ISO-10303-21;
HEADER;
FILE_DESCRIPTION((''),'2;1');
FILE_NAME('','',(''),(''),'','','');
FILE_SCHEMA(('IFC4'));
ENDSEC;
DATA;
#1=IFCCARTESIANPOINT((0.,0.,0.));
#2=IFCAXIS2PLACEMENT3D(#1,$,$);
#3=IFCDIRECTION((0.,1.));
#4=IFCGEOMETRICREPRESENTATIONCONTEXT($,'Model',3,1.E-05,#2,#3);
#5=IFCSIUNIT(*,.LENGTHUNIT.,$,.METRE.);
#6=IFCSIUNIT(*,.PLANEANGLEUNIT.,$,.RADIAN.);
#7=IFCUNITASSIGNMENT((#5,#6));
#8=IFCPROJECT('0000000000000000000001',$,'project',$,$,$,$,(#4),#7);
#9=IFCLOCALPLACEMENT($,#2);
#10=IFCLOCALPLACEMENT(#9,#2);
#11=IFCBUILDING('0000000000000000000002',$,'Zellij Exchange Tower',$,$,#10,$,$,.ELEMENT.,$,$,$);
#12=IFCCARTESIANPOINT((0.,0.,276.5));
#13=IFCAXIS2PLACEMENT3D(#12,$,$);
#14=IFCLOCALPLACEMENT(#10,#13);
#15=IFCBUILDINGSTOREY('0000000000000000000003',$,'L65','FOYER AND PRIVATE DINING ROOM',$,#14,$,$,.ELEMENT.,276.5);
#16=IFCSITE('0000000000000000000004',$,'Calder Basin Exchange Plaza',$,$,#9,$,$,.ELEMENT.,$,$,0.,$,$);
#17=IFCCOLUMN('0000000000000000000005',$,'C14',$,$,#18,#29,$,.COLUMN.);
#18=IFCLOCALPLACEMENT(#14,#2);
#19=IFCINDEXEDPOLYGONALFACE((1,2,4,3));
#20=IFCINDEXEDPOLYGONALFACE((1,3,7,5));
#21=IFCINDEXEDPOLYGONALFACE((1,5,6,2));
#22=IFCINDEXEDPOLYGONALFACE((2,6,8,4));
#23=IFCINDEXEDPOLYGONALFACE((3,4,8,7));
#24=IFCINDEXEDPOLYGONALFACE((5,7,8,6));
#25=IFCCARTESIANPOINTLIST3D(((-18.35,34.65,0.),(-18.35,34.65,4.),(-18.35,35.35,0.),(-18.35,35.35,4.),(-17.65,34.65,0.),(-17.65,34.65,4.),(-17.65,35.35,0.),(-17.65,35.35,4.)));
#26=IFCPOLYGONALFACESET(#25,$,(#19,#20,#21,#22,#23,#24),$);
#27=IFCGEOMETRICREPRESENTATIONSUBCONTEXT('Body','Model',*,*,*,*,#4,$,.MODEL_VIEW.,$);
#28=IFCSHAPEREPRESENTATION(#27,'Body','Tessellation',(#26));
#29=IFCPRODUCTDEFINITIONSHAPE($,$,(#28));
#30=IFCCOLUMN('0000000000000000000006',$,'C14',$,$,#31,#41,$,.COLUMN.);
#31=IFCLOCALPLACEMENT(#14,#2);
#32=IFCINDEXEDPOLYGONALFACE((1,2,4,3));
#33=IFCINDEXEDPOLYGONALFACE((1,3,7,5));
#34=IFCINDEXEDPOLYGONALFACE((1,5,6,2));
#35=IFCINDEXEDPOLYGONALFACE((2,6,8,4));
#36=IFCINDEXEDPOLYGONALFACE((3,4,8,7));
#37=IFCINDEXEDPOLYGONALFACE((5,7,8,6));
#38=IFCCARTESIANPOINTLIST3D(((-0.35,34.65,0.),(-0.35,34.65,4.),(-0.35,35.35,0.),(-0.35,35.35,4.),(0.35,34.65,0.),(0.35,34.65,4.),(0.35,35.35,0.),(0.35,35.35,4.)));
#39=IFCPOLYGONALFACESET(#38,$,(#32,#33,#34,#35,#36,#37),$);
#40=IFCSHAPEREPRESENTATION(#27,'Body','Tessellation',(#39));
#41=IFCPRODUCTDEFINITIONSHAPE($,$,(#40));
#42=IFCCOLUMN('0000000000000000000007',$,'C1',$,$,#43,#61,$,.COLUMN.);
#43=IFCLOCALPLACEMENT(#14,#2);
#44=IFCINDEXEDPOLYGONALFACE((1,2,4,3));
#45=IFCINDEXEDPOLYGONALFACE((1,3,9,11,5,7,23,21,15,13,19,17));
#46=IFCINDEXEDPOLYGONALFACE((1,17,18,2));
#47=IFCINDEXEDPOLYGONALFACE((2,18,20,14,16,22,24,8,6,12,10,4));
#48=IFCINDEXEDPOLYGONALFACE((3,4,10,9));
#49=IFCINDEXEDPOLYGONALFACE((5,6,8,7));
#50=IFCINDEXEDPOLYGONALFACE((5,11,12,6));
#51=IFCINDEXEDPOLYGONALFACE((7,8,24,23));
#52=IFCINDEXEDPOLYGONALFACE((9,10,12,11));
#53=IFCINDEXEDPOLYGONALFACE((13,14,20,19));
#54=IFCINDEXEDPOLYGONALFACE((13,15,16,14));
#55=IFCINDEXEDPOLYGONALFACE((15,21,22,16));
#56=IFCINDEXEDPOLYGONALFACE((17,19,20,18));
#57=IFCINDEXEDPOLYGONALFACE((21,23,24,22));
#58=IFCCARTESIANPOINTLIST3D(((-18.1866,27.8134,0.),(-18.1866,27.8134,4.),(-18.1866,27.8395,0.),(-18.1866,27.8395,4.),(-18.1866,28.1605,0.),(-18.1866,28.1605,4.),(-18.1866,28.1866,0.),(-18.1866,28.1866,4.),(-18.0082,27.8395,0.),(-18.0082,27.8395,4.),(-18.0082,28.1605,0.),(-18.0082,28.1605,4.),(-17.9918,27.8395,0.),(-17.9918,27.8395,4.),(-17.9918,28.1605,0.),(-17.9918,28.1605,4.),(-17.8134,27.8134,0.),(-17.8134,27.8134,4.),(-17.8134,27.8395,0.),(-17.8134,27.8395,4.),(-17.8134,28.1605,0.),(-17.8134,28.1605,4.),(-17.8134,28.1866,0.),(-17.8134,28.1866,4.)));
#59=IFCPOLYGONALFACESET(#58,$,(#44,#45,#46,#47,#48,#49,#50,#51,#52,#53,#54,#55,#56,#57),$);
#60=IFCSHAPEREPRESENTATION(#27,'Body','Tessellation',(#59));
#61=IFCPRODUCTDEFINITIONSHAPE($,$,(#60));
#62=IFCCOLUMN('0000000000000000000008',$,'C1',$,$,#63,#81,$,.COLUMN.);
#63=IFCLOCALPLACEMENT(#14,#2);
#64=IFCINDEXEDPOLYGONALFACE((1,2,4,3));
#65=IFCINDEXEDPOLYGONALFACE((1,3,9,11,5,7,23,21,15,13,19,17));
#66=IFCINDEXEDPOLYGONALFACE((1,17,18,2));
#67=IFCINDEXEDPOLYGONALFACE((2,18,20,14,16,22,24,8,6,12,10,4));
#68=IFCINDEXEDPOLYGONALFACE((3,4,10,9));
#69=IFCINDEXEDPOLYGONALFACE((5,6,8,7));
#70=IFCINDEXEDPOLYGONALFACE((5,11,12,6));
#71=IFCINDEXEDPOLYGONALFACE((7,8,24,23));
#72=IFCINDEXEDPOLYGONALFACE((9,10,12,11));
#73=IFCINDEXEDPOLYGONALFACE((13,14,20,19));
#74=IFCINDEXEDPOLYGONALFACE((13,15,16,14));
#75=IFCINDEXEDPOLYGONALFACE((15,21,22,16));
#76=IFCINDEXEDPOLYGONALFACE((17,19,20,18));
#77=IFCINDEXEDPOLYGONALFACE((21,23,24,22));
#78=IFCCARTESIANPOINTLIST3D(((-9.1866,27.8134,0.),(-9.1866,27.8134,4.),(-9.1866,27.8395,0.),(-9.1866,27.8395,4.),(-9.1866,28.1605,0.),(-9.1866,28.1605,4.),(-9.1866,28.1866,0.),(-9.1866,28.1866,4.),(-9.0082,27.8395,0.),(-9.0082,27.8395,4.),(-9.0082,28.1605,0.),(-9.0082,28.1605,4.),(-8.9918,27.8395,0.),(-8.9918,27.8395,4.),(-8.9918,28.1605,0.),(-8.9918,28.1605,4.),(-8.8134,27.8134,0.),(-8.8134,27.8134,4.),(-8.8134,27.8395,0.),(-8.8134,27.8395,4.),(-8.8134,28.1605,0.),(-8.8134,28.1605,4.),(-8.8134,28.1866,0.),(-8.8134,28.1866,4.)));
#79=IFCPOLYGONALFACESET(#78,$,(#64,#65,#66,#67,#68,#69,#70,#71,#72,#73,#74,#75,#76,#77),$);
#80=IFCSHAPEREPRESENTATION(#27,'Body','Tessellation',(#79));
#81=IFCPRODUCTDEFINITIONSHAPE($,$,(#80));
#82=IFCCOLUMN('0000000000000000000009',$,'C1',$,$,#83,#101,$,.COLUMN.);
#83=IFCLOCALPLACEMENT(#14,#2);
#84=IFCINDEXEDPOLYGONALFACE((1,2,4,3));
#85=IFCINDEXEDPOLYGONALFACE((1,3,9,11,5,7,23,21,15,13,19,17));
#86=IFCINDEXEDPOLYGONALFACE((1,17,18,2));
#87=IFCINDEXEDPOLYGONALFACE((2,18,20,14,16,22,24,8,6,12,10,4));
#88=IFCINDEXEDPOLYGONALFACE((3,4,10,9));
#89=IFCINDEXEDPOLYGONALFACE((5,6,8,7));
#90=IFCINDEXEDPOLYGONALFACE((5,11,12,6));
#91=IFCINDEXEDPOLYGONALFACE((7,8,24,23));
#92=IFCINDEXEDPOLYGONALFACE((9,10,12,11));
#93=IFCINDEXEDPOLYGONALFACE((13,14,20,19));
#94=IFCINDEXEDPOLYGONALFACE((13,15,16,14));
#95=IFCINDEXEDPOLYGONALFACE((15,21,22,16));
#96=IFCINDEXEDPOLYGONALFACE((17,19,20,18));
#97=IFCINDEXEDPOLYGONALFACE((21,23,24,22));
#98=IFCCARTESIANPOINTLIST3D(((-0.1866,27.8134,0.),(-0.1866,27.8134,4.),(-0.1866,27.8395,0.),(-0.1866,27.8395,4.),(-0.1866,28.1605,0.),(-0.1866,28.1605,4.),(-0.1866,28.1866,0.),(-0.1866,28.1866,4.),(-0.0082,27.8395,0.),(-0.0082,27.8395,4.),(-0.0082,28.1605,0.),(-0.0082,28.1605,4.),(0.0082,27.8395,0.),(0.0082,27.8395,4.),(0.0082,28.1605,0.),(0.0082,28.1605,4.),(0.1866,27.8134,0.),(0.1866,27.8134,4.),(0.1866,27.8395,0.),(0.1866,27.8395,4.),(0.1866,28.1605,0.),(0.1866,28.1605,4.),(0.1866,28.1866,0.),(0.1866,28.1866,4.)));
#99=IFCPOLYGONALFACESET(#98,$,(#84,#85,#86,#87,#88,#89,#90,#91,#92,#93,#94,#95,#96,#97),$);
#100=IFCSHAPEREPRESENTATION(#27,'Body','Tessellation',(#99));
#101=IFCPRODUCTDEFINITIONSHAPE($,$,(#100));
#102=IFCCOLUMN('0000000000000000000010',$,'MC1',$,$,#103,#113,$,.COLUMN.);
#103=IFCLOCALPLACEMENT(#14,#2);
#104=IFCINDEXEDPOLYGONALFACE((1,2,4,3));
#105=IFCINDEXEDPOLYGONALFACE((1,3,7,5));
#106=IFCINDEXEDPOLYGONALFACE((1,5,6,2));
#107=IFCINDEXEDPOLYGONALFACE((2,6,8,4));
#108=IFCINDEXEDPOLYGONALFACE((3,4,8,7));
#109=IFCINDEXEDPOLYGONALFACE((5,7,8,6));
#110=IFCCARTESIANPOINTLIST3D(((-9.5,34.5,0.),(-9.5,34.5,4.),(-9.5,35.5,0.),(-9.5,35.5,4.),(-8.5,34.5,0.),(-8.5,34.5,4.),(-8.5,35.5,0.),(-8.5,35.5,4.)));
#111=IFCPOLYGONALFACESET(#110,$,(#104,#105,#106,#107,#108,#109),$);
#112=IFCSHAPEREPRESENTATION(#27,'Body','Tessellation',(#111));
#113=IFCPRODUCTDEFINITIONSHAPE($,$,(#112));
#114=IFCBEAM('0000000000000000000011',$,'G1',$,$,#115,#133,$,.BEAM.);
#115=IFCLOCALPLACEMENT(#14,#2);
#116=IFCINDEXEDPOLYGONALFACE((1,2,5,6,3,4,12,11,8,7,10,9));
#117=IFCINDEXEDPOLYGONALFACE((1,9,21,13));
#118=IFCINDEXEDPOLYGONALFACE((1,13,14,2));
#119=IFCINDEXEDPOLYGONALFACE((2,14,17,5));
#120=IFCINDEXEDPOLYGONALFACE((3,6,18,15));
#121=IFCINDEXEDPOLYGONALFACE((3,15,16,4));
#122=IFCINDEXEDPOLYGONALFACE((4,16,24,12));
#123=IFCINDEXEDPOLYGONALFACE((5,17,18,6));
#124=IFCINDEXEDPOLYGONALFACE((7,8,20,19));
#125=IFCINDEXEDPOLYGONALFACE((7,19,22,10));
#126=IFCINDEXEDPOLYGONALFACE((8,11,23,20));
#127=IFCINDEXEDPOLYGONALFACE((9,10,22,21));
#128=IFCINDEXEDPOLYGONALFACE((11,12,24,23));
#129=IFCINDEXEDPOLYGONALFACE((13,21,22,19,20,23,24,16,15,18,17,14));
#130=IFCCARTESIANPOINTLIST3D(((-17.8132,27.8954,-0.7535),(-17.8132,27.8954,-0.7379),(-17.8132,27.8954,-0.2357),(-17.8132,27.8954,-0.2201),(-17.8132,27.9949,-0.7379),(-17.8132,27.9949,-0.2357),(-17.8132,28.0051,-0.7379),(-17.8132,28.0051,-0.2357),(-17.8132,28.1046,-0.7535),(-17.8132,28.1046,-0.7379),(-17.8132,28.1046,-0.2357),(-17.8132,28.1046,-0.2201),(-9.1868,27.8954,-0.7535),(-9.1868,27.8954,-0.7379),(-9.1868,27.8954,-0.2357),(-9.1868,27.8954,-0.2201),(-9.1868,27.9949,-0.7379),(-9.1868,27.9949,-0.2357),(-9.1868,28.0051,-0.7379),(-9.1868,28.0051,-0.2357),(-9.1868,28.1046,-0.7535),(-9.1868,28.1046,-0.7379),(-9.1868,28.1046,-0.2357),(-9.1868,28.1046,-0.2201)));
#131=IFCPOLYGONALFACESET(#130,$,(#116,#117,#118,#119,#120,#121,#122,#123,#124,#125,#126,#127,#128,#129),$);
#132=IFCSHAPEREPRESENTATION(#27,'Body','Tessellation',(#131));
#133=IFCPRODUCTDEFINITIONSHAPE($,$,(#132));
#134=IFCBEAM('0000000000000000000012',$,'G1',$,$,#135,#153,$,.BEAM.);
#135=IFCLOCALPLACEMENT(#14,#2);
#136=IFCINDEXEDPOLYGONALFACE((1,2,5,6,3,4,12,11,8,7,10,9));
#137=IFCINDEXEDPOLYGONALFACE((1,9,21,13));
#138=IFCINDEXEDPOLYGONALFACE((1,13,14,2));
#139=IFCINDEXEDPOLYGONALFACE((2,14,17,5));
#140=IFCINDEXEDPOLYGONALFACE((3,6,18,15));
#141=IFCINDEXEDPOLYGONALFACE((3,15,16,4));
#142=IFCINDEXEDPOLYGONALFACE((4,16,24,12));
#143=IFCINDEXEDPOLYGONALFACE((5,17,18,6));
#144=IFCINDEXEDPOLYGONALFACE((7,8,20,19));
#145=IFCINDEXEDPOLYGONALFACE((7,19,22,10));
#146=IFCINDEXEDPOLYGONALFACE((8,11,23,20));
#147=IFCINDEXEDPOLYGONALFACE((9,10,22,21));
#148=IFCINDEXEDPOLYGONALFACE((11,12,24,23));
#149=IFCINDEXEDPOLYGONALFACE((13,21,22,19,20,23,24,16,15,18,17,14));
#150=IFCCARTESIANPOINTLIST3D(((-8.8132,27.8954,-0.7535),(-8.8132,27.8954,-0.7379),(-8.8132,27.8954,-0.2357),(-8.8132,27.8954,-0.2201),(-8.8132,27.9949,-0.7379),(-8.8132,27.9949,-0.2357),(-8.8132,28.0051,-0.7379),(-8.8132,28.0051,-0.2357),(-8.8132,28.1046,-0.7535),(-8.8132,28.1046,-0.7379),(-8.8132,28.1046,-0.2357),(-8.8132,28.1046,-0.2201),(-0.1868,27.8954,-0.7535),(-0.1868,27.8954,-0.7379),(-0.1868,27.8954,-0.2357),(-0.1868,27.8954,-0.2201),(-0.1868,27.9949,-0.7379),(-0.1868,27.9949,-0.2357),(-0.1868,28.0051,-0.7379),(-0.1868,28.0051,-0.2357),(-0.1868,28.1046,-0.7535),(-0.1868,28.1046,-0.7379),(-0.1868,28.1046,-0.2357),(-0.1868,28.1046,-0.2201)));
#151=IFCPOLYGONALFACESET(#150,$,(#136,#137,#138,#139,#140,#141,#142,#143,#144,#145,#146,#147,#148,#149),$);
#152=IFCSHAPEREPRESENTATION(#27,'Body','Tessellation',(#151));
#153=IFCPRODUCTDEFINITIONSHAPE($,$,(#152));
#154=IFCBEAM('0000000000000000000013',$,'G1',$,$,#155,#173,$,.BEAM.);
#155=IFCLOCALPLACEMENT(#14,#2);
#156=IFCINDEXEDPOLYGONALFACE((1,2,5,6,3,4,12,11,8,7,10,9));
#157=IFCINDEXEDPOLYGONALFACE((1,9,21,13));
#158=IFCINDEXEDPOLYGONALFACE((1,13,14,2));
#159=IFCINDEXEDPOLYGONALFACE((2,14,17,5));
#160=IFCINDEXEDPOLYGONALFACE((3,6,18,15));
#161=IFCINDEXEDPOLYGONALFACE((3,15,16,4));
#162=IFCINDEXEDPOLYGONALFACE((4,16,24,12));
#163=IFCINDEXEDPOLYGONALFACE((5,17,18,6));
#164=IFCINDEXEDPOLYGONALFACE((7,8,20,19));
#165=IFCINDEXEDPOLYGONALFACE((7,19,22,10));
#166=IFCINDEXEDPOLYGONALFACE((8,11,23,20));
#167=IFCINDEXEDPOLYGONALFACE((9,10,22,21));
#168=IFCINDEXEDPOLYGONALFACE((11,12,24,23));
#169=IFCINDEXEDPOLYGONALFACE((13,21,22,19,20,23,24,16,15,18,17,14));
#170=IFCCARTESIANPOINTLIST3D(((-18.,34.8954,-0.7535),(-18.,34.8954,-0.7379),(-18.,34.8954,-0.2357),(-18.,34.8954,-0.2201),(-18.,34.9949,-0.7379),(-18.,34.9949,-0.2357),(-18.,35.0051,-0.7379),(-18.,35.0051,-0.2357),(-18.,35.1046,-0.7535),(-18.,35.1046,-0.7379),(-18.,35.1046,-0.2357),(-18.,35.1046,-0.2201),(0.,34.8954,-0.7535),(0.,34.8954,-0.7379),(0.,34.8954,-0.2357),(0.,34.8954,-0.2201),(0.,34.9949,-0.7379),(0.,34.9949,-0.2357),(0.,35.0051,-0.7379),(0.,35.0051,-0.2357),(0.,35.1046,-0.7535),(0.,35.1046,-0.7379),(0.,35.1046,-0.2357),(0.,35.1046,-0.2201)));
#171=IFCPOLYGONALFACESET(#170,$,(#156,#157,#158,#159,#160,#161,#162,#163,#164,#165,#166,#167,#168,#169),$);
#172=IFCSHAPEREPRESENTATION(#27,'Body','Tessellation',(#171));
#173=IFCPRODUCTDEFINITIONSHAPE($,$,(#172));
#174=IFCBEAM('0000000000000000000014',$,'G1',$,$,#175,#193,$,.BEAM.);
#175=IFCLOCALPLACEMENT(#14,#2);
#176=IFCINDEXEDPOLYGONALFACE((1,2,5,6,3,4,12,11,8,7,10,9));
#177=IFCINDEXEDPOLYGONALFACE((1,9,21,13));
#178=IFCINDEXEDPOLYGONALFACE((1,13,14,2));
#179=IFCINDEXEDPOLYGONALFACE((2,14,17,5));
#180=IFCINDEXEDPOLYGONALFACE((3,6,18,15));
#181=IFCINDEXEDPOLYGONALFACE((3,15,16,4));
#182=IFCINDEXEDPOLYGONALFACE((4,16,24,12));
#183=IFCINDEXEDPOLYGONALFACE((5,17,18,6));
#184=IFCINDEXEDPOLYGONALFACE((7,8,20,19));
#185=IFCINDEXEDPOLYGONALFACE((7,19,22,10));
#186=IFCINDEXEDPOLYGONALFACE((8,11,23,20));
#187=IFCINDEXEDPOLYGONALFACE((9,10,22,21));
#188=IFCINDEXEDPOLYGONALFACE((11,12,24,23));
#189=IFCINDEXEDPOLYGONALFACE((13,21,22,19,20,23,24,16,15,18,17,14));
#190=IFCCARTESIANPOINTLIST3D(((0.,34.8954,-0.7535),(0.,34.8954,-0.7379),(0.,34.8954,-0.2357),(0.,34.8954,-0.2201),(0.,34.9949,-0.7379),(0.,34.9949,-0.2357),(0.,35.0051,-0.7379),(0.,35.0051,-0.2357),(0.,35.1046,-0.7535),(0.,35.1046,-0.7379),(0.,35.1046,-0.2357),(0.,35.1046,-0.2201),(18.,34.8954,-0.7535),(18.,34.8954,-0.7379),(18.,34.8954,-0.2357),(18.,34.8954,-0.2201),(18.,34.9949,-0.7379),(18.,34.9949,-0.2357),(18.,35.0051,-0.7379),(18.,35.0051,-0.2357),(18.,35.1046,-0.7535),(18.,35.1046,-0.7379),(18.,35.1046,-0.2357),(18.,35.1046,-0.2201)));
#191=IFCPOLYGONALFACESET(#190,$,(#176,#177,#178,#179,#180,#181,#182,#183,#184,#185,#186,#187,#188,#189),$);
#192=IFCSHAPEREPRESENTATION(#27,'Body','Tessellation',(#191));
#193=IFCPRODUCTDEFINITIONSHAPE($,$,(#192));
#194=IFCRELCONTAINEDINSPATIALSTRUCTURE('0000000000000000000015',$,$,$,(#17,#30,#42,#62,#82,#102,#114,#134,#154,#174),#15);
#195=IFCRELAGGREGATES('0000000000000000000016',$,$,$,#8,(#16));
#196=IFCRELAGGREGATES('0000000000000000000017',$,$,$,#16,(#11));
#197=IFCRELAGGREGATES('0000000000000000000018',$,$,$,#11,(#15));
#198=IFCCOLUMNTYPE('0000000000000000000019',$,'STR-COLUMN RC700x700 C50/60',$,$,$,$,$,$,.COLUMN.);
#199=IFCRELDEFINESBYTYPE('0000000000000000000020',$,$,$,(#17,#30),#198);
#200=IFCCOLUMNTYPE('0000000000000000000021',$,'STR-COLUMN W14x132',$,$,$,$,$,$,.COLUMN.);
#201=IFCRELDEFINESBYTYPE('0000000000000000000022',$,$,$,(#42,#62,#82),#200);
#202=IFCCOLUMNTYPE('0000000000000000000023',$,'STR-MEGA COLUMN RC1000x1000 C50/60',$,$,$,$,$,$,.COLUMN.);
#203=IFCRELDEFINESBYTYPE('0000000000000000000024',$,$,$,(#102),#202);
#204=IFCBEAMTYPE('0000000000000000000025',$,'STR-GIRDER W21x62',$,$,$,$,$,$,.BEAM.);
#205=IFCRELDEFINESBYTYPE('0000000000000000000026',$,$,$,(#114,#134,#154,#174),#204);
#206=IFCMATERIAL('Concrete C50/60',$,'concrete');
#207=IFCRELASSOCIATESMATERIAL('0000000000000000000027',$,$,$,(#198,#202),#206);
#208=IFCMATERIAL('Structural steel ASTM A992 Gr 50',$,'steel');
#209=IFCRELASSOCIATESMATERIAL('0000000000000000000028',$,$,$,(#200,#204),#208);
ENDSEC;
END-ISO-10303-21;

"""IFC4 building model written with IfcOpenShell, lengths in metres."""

from ifc_helpers import new_model, si_unit, direction, frame, origin, origin_2d, place, context, subcontext, project, spatial, rectangle, i_section, extrude, material, material_profile, profile_set, type_object, element, save


model = new_model("IFC4")

# Units and contexts
model_context = context("Model", 3, precision=1e-05, world=origin(), true_north=direction((0.0, 1.0)))
body_context = subcontext(model_context, "Body", "Model", "MODEL_VIEW")
ifc_project = project(units=[si_unit("LENGTHUNIT", "METRE"), si_unit("PLANEANGLEUNIT", "RADIAN")], contexts=[model_context])

# Site, building, storey
site_placement = place(None, origin())
site = spatial("IfcSite", under=ifc_project, at=site_placement, Name="Calder Basin Exchange Plaza", CompositionType="ELEMENT", RefElevation=0.0)
building_placement = place(site_placement, origin())
building = spatial("IfcBuilding", under=site, at=building_placement, Name="Zellij Exchange Tower", CompositionType="ELEMENT")
storey_placement = place(building_placement, frame((0.0, 0.0, 276.5)))
storey = spatial("IfcBuildingStorey", under=building, at=storey_placement, Name="L65", Description="FOYER AND PRIVATE DINING ROOM", CompositionType="ELEMENT", Elevation=276.5)

# Columns
ifc_material_1 = material(Name="Concrete C50/60", Category="concrete")
ifc_material_profile_1 = material_profile(ifc_material_1, rectangle(XDim=0.7, YDim=0.7, at=origin_2d()), Name="STR-COLUMN RC700x700 C50/60")
ifc_profile_set_1 = profile_set([ifc_material_profile_1], Name="Concrete C50/60")
column_type_1 = type_object("IfcColumnType", Name="STR-COLUMN RC700x700 C50/60", PredefinedType="COLUMN", material=ifc_profile_set_1)
for number, where, z_axis, x_axis, name in (
    (1, (-18.0, 35.0, 0.0), (0.0, 0.0, 1.0), (1.0, 0.0, 0.0), "C14"),
    (2, (0.0, 35.0, 0.0), (0.0, 0.0, 1.0), (1.0, 0.0, 0.0), "C14"),
):
    element("IfcColumn", number, at=place(storey_placement, frame(where, z_axis=z_axis, x_axis=x_axis)), inside=storey, type_object=column_type_1, Name=name, PredefinedType="COLUMN", context=body_context, shape_type="SweptSolid", body=[
        extrude(rectangle(XDim=0.7, YDim=0.7, at=origin_2d()), origin(), (0.0, 0.0, 1.0), 4.0),
    ])
ifc_material_2 = material(Name="Structural steel ASTM A992 Gr 50", Category="steel")
ifc_material_profile_2 = material_profile(ifc_material_2, i_section(OverallWidth=0.3733, OverallDepth=0.3733, WebThickness=0.0164, FlangeThickness=0.0261, at=origin_2d()), Name="W14x132")
ifc_profile_set_2 = profile_set([ifc_material_profile_2], Name="Structural steel ASTM A992 Gr 50")
column_type_2 = type_object("IfcColumnType", Name="STR-COLUMN W14x132", PredefinedType="COLUMN", material=ifc_profile_set_2)
for number, where, z_axis, x_axis, name in (
    (3, (-18.0, 28.0, 0.0), (0.0, 0.0, 1.0), (1.0, 0.0, 0.0), "C1"),
    (4, (-9.0, 28.0, 0.0), (0.0, 0.0, 1.0), (1.0, 0.0, 0.0), "C1"),
    (5, (0.0, 28.0, 0.0), (0.0, 0.0, 1.0), (1.0, 0.0, 0.0), "C1"),
):
    element("IfcColumn", number, at=place(storey_placement, frame(where, z_axis=z_axis, x_axis=x_axis)), inside=storey, type_object=column_type_2, Name=name, PredefinedType="COLUMN", context=body_context, shape_type="SweptSolid", body=[
        extrude(i_section(OverallWidth=0.3733, OverallDepth=0.3733, WebThickness=0.0164, FlangeThickness=0.0261, at=origin_2d()), origin(), (0.0, 0.0, 1.0), 4.0),
    ])
ifc_material_profile_3 = material_profile(ifc_material_1, rectangle(XDim=1.0, YDim=1.0, at=origin_2d()), Name="STR-MEGA COLUMN RC1000x1000 C50/60")
ifc_profile_set_3 = profile_set([ifc_material_profile_3], Name="Concrete C50/60")
column_type_3 = type_object("IfcColumnType", Name="STR-MEGA COLUMN RC1000x1000 C50/60", PredefinedType="COLUMN", material=ifc_profile_set_3)
column_placement = place(storey_placement, frame((-9.0, 35.0, 0.0), z_axis=(0.0, 0.0, 1.0), x_axis=(1.0, 0.0, 0.0)))
element("IfcColumn", 6, at=column_placement, inside=storey, type_object=column_type_3, Name="MC1", PredefinedType="COLUMN", context=body_context, shape_type="SweptSolid", body=[
    extrude(rectangle(XDim=1.0, YDim=1.0, at=origin_2d()), origin(), (0.0, 0.0, 1.0), 4.0),
])

# Beams
ifc_material_profile_4 = material_profile(ifc_material_2, i_section(OverallWidth=0.2092, OverallDepth=0.5334, WebThickness=0.0103, FlangeThickness=0.0156, at=origin_2d()), Name="W21x62")
ifc_profile_set_4 = profile_set([ifc_material_profile_4], Name="Structural steel ASTM A992 Gr 50")
beam_type = type_object("IfcBeamType", Name="STR-GIRDER W21x62", PredefinedType="BEAM", material=ifc_profile_set_4)
for number, where, z_axis, x_axis, name in (
    (7, (-17.8132, 28.0, -0.4868), (1.0, 0.0, 0.0), (0.0, 1.0, 0.0), "G1"),
    (8, (-8.8132, 28.0, -0.4868), (1.0, 0.0, 0.0), (0.0, 1.0, 0.0), "G1"),
):
    element("IfcBeam", number, at=place(storey_placement, frame(where, z_axis=z_axis, x_axis=x_axis)), inside=storey, type_object=beam_type, Name=name, PredefinedType="BEAM", context=body_context, shape_type="SweptSolid", body=[
        extrude(i_section(OverallWidth=0.2092, OverallDepth=0.5334, WebThickness=0.0103, FlangeThickness=0.0156, at=origin_2d()), origin(), (0.0, 0.0, 1.0), 8.6265),
    ])
for number, where, z_axis, x_axis, name in (
    (9, (-18.0, 35.0, -0.4868), (1.0, 0.0, 0.0), (0.0, 1.0, 0.0), "G1"),
    (10, (0.0, 35.0, -0.4868), (1.0, 0.0, 0.0), (0.0, 1.0, 0.0), "G1"),
):
    element("IfcBeam", number, at=place(storey_placement, frame(where, z_axis=z_axis, x_axis=x_axis)), inside=storey, type_object=beam_type, Name=name, PredefinedType="BEAM", context=body_context, shape_type="SweptSolid", body=[
        extrude(i_section(OverallWidth=0.2092, OverallDepth=0.5334, WebThickness=0.0103, FlangeThickness=0.0156, at=origin_2d()), origin(), (0.0, 0.0, 1.0), 18.0),
    ])

save(model, "model.ifc")
